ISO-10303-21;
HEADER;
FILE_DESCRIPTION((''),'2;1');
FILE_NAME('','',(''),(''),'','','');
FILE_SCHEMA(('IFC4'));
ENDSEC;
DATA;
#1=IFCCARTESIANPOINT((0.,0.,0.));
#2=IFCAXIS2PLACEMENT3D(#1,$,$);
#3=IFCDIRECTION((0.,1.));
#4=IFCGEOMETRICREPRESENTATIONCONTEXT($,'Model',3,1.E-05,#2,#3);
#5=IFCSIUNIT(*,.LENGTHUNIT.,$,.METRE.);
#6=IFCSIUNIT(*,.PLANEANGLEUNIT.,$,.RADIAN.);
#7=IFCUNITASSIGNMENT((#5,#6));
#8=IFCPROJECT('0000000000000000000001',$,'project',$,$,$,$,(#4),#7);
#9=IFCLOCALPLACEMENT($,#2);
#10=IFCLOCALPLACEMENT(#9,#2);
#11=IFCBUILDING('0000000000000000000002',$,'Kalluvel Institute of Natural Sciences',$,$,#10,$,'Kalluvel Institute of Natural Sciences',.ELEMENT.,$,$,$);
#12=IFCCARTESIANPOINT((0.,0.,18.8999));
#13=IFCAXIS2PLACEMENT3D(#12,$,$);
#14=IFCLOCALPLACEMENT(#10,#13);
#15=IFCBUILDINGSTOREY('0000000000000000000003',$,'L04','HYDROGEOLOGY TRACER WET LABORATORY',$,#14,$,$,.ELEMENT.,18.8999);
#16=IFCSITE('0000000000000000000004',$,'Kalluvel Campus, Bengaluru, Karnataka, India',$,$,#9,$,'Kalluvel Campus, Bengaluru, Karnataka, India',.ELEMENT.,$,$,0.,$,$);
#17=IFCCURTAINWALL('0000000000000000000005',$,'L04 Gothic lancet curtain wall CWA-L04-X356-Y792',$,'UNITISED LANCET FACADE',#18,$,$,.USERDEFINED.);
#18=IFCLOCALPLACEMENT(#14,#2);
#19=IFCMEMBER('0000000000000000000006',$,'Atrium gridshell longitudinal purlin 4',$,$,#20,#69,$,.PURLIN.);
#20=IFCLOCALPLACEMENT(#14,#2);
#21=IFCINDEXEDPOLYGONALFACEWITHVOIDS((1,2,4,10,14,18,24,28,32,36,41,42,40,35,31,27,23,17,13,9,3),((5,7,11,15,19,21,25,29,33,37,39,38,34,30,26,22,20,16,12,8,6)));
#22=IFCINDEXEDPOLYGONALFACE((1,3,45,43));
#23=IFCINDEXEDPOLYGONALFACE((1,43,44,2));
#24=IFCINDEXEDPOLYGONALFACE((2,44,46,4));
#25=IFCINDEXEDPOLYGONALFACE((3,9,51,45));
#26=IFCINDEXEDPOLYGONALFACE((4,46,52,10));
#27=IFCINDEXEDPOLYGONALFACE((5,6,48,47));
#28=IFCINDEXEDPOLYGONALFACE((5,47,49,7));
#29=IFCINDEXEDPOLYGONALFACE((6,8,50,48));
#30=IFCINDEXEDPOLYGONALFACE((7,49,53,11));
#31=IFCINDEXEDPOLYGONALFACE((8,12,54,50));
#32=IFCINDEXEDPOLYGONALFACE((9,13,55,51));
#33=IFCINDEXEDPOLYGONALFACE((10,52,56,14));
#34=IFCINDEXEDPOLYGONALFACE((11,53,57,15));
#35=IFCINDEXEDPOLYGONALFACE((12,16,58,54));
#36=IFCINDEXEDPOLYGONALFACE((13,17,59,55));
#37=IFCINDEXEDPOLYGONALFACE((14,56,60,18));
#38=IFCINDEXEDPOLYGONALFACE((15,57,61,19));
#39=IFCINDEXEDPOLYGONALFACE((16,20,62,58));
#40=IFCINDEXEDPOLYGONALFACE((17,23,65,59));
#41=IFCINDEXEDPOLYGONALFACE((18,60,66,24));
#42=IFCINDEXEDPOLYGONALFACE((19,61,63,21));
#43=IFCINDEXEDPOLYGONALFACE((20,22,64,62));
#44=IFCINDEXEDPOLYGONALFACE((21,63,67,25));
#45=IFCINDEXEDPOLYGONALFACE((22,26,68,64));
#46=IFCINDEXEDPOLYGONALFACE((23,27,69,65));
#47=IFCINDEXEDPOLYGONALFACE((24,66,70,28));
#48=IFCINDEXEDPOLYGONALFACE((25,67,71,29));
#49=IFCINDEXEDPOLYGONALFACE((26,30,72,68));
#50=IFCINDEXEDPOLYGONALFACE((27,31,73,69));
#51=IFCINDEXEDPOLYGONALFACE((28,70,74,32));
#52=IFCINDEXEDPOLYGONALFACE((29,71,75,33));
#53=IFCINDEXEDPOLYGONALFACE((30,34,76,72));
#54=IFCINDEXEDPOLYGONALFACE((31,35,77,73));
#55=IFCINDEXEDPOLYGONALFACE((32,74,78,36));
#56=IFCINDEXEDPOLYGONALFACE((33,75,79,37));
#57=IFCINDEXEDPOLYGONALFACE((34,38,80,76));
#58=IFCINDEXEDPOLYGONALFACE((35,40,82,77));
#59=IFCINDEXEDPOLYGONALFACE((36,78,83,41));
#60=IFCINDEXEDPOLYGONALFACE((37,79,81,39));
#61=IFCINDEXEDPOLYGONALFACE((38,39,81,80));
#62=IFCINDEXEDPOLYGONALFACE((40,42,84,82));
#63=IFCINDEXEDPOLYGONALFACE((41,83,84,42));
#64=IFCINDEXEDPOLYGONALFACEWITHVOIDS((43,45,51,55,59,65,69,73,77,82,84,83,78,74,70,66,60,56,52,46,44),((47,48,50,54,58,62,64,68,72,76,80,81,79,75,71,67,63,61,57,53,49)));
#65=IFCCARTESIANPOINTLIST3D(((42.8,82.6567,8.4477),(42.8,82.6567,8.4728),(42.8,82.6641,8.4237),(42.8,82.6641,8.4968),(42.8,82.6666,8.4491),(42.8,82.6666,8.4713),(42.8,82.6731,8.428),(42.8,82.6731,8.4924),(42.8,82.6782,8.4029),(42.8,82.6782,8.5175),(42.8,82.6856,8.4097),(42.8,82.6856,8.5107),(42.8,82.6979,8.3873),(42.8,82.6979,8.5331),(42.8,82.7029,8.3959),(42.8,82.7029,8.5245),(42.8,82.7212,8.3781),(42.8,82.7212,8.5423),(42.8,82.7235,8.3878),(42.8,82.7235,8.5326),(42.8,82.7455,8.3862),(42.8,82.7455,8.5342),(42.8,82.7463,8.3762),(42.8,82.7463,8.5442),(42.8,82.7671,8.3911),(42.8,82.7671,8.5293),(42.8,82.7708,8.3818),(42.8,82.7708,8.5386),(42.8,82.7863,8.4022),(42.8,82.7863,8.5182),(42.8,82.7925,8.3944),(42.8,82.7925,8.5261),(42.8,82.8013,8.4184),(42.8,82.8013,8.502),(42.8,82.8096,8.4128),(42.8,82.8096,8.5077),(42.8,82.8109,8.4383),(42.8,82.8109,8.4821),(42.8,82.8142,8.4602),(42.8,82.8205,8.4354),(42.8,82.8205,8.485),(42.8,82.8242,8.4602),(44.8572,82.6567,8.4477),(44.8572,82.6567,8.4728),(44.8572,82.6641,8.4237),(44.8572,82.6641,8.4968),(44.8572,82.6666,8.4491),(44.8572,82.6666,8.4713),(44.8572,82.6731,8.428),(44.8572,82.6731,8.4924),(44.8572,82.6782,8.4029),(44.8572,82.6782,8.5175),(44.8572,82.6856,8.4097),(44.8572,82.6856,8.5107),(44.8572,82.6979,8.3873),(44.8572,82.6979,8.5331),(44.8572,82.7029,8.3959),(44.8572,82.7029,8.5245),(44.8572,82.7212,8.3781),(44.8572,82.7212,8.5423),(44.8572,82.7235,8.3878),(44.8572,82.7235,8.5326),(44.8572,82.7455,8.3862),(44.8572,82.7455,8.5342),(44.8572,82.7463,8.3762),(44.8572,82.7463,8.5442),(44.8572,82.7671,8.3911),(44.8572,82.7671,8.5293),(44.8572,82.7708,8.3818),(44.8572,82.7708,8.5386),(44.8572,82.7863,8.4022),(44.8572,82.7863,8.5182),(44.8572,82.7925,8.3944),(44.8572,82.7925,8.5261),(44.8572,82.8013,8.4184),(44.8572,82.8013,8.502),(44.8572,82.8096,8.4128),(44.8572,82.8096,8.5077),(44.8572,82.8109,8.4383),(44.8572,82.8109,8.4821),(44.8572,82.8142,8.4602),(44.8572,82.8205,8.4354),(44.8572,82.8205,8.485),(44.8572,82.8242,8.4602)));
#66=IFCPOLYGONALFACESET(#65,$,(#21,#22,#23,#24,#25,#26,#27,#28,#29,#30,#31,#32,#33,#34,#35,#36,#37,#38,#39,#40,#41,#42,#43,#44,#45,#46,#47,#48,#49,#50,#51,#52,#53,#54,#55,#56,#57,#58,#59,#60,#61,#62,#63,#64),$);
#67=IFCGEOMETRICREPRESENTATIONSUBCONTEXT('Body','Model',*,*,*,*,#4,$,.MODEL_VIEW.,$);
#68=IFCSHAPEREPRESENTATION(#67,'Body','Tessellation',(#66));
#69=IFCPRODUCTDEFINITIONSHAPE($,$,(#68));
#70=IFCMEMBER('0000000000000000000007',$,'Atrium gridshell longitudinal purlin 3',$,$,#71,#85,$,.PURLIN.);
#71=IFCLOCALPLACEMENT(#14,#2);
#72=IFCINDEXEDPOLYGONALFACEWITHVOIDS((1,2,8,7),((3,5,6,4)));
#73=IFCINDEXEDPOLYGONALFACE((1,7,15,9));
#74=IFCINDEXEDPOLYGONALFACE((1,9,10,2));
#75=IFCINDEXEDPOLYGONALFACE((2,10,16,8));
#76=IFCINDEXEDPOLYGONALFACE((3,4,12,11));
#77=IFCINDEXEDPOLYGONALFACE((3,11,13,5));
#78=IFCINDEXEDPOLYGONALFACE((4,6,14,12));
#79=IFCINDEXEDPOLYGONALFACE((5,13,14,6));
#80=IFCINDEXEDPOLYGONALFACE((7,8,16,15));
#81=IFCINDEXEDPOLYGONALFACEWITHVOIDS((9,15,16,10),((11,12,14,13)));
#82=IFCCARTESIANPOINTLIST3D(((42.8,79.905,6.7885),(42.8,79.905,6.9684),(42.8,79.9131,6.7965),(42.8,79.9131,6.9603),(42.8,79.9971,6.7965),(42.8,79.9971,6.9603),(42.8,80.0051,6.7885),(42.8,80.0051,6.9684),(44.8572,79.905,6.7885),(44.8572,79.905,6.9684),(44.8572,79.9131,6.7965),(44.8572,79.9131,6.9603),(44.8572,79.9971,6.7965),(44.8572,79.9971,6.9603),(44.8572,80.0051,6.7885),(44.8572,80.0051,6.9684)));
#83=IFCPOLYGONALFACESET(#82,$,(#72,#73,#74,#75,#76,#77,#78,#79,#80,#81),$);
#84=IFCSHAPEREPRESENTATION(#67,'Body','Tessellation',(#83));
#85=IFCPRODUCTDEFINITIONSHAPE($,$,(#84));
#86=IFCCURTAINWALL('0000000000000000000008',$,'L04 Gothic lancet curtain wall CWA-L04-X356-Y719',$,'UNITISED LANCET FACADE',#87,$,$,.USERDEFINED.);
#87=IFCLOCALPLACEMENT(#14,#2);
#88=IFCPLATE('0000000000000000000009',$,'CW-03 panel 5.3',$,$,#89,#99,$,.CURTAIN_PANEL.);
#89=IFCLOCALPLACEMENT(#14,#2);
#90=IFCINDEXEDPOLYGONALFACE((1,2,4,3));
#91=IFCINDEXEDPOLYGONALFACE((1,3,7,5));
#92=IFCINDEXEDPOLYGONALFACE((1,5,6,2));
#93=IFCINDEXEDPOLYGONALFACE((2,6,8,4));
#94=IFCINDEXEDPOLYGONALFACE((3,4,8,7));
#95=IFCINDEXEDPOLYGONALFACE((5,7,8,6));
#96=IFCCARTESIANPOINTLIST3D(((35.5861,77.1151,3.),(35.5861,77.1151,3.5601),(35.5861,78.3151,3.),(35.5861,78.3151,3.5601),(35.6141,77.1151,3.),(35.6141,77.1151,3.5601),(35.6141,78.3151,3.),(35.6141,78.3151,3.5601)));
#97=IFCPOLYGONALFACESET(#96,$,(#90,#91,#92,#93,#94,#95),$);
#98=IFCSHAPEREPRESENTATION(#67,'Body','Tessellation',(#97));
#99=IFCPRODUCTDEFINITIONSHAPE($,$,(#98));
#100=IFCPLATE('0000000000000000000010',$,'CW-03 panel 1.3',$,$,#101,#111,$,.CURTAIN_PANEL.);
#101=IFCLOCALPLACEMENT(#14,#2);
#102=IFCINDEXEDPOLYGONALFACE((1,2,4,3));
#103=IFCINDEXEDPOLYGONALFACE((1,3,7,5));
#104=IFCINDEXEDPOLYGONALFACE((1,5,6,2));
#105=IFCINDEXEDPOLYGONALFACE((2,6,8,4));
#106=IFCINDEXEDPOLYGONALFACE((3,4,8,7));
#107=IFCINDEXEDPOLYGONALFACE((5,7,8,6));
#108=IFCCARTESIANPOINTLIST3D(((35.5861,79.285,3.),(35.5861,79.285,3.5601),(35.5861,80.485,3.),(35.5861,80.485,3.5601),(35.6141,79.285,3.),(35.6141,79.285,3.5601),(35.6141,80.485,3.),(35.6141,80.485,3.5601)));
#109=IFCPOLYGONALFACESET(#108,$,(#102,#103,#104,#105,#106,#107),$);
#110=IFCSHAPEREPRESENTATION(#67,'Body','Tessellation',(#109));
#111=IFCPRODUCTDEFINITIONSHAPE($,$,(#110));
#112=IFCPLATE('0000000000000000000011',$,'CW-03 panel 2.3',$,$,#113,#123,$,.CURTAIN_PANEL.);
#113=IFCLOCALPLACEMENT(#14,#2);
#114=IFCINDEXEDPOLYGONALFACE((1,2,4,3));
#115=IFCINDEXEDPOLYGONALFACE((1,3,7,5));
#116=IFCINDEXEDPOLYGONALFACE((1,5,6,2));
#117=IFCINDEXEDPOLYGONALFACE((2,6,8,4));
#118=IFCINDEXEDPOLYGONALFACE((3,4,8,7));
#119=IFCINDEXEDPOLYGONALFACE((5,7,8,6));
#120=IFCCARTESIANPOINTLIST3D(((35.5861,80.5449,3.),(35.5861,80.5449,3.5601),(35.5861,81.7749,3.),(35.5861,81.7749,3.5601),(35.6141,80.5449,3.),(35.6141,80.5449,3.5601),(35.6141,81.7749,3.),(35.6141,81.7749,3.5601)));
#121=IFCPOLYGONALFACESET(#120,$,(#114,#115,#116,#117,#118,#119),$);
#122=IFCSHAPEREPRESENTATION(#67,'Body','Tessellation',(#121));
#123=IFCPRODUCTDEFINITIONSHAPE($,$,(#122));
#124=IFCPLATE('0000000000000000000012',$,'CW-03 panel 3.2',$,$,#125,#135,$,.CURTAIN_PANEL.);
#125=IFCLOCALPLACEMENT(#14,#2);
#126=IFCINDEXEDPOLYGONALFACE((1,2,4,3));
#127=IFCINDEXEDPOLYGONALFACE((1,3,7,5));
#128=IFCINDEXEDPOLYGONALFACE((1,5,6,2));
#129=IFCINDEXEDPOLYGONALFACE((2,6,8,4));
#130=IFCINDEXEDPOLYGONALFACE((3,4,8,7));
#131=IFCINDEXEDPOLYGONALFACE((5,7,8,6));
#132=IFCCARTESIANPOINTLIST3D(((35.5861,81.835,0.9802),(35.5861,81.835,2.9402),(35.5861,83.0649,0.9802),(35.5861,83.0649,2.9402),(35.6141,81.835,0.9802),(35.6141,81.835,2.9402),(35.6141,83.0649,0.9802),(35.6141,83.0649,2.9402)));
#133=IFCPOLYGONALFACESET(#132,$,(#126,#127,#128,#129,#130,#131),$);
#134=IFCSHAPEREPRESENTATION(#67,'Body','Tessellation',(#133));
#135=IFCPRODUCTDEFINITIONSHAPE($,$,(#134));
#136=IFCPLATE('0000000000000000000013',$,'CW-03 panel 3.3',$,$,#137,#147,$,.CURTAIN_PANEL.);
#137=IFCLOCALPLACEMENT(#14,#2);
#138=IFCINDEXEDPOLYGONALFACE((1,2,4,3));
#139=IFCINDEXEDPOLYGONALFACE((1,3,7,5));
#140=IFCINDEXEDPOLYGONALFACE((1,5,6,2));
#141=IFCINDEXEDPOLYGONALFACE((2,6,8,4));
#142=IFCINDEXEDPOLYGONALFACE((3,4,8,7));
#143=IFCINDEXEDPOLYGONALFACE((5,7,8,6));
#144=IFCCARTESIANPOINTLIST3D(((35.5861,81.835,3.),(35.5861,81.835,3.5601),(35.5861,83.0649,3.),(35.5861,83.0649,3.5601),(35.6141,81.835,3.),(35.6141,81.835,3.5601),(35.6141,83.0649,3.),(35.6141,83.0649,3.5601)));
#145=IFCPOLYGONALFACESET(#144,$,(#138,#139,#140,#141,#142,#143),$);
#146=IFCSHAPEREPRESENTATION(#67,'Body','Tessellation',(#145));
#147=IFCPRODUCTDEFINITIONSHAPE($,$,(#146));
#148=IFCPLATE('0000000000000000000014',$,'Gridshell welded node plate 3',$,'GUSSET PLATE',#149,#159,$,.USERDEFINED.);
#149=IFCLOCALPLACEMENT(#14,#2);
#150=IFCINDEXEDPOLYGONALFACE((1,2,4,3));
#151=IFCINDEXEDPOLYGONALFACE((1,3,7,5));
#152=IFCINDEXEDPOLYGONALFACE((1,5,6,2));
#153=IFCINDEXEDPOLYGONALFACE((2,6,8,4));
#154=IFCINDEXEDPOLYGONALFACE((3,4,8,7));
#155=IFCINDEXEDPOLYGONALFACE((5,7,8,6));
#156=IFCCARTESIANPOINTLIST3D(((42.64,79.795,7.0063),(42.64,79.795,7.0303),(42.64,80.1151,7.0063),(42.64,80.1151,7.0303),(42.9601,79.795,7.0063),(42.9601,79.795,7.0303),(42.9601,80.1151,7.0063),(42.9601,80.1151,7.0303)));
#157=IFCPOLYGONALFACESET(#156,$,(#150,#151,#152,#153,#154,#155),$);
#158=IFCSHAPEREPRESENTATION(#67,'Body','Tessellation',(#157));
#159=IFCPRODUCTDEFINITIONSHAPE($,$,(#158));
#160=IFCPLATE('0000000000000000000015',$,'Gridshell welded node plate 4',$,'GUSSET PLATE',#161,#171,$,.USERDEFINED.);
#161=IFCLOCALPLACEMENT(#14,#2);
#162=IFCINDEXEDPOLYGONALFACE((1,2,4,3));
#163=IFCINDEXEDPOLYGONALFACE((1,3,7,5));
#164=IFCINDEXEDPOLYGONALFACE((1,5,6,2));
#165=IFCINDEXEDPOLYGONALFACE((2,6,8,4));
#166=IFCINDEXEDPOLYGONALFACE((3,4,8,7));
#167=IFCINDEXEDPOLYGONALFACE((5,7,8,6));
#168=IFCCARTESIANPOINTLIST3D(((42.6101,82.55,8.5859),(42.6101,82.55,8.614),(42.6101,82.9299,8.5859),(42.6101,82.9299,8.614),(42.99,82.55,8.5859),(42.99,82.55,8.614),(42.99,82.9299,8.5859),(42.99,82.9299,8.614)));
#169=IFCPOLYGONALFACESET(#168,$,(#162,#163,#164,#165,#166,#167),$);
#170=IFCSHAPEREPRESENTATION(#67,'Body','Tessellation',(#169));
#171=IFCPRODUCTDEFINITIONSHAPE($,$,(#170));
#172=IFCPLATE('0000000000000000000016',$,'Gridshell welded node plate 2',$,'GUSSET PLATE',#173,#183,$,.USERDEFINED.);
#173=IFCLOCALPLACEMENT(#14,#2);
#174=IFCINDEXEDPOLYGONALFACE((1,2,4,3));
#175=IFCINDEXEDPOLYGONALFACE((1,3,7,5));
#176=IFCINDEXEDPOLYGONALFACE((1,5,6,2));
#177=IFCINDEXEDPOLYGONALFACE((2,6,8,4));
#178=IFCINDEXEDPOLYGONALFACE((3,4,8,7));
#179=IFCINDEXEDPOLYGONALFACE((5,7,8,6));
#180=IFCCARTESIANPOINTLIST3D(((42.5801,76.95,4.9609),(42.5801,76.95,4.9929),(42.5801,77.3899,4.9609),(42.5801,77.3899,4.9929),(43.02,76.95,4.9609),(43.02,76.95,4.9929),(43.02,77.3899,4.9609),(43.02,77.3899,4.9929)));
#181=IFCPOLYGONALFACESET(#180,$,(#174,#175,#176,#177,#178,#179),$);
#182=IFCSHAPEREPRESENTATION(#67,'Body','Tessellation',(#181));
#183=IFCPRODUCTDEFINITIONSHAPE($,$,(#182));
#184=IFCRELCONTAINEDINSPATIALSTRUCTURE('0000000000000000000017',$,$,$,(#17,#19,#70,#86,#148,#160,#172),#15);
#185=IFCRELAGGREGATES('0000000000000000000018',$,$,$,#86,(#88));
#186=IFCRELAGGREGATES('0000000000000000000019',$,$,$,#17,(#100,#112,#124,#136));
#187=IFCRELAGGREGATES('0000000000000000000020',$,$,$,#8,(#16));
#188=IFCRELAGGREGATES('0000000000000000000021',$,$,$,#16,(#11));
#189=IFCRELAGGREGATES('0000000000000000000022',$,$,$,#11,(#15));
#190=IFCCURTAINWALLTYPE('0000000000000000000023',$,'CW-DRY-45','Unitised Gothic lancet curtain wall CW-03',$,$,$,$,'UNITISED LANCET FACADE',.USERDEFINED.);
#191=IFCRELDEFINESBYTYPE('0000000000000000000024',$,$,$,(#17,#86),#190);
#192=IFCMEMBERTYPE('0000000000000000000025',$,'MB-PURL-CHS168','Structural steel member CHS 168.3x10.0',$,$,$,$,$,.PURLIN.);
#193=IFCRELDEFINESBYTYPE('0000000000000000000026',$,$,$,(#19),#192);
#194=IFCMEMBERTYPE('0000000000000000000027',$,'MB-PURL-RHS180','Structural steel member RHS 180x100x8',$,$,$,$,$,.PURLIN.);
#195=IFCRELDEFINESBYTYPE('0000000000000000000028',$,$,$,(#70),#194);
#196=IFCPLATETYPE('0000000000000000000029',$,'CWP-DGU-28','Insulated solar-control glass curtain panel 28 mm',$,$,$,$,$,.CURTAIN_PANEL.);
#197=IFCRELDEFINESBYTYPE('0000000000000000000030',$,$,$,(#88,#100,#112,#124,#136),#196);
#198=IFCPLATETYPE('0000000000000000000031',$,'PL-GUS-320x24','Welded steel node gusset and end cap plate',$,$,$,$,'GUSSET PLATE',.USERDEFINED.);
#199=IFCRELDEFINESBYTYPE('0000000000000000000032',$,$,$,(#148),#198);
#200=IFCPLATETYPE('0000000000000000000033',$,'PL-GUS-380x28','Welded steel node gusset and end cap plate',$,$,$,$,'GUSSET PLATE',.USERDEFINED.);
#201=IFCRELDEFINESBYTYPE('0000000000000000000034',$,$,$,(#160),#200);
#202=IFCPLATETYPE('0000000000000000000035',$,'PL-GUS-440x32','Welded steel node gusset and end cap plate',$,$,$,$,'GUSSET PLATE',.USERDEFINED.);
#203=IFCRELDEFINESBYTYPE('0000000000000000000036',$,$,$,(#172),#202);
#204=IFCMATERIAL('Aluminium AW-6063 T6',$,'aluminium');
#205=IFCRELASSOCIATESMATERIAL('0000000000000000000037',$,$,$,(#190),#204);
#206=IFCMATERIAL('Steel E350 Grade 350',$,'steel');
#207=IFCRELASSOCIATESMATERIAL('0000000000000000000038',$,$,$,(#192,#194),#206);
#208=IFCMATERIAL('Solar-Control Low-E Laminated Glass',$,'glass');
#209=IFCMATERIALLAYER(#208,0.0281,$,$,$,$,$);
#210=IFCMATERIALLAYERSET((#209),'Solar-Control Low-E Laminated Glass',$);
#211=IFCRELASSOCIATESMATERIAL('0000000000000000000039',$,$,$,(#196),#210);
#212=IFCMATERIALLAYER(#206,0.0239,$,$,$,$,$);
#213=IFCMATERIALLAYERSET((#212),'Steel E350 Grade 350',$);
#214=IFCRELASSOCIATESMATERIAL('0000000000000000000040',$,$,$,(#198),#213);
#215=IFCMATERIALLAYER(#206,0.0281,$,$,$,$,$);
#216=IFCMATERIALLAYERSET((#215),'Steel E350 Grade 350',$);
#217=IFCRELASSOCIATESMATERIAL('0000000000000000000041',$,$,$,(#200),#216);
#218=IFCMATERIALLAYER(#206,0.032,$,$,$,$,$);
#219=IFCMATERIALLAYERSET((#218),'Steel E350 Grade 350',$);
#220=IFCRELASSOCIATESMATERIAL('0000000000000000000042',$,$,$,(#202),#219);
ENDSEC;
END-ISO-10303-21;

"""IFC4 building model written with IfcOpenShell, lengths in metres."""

from ifc_helpers import new_model, si_unit, direction, frame, origin, origin_2d, place, context, subcontext, project, spatial, rectangle, hollow_rectangle, hollow_circle, extrude, material, layer, layer_set, material_profile, profile_set, type_object, element, aggregate, save


model = new_model("IFC4")

# Units and contexts
model_context = context("Model", 3, precision=1e-05, world=origin(), true_north=direction((0.0, 1.0)))
body_context = subcontext(model_context, "Body", "Model", "MODEL_VIEW")
ifc_project = project(units=[si_unit("LENGTHUNIT", "METRE"), si_unit("PLANEANGLEUNIT", "RADIAN")], contexts=[model_context])

# Site, building, storey
site_placement = place(None, origin())
site = spatial("IfcSite", under=ifc_project, at=site_placement, Name="Kalluvel Campus, Bengaluru, Karnataka, India", LongName="Kalluvel Campus, Bengaluru, Karnataka, India", CompositionType="ELEMENT", RefElevation=0.0)
building_placement = place(site_placement, origin())
building = spatial("IfcBuilding", under=site, at=building_placement, Name="Kalluvel Institute of Natural Sciences", LongName="Kalluvel Institute of Natural Sciences", CompositionType="ELEMENT")
storey_placement = place(building_placement, frame((0.0, 0.0, 18.8999)))
storey = spatial("IfcBuildingStorey", under=building, at=storey_placement, Name="L04", Description="HYDROGEOLOGY TRACER WET LABORATORY", CompositionType="ELEMENT", Elevation=18.8999)

# Curtain wall
ifc_material_1 = material(Name="Aluminium AW-6063 T6", Category="aluminium")
curtain_wall_type = type_object("IfcCurtainWallType", Name="CW-DRY-45", Description="Unitised Gothic lancet curtain wall CW-03", ElementType="UNITISED LANCET FACADE", PredefinedType="USERDEFINED", material=ifc_material_1)
curtain_wall_1_placement = place(storey_placement, origin())
curtain_wall_1 = element("IfcCurtainWall", 1, at=curtain_wall_1_placement, inside=storey, type_object=curtain_wall_type, Name="L04 Gothic lancet curtain wall CWA-L04-X356-Y792", ObjectType="UNITISED LANCET FACADE", PredefinedType="USERDEFINED")

# Members
ifc_material_2 = material(Name="Steel E350 Grade 350", Category="steel")
ifc_material_profile_1 = material_profile(ifc_material_2, hollow_circle(Radius=0.0842, WallThickness=0.01, at=origin_2d()), Name="CHS 168.3x10.0")
ifc_profile_set_1 = profile_set([ifc_material_profile_1], Name="Steel E350 Grade 350")
member_type_1 = type_object("IfcMemberType", Name="MB-PURL-CHS168", Description="Structural steel member CHS 168.3x10.0", PredefinedType="PURLIN", material=ifc_profile_set_1)
member_1_placement = place(storey_placement, frame((42.8, 82.74, 8.4602), z_axis=(1.0, 0.0, 0.0), x_axis=(0.0, 1.0, 0.0)))
element("IfcMember", 2, at=member_1_placement, inside=storey, type_object=member_type_1, Name="Atrium gridshell longitudinal purlin 4", PredefinedType="PURLIN", context=body_context, shape_type="SweptSolid", body=[
    extrude(hollow_circle(Radius=0.0842, WallThickness=0.01, at=origin_2d()), origin(), (0.0, 0.0, 1.0), 2.0571),
])
ifc_material_profile_2 = material_profile(ifc_material_2, hollow_rectangle(XDim=0.1001, YDim=0.1799, WallThickness=0.0081, at=origin_2d()), Name="RHS 180x100x8")
ifc_profile_set_2 = profile_set([ifc_material_profile_2], Name="Steel E350 Grade 350")
member_type_2 = type_object("IfcMemberType", Name="MB-PURL-RHS180", Description="Structural steel member RHS 180x100x8", PredefinedType="PURLIN", material=ifc_profile_set_2)
member_2_placement = place(storey_placement, frame((42.8, 79.9551, 6.8784), z_axis=(1.0, 0.0, 0.0), x_axis=(0.0, 1.0, 0.0)))
element("IfcMember", 3, at=member_2_placement, inside=storey, type_object=member_type_2, Name="Atrium gridshell longitudinal purlin 3", PredefinedType="PURLIN", context=body_context, shape_type="SweptSolid", body=[
    extrude(hollow_rectangle(XDim=0.1001, YDim=0.1799, WallThickness=0.0081, at=origin_2d()), origin(), (0.0, 0.0, 1.0), 2.0571),
])

# Curtain wall, plate
curtain_wall_2_placement = place(storey_placement, origin())
curtain_wall_2 = element("IfcCurtainWall", 4, at=curtain_wall_2_placement, inside=storey, type_object=curtain_wall_type, Name="L04 Gothic lancet curtain wall CWA-L04-X356-Y719", ObjectType="UNITISED LANCET FACADE", PredefinedType="USERDEFINED")
ifc_material_3 = material(Name="Solar-Control Low-E Laminated Glass", Category="glass")
ifc_layer_1 = layer(ifc_material_3, 0.0281)
ifc_layer_set_1 = layer_set([ifc_layer_1], Name="Solar-Control Low-E Laminated Glass")
plate_type_1 = type_object("IfcPlateType", Name="CWP-DGU-28", Description="Insulated solar-control glass curtain panel 28 mm", PredefinedType="CURTAIN_PANEL", material=ifc_layer_set_1)
plate_1_placement = place(storey_placement, frame((35.6001, 77.7151, 3.0), z_axis=(0.0, 0.0, 1.0), x_axis=(0.0, 1.0, 0.0)))
plate_1 = element("IfcPlate", 5, at=plate_1_placement, type_object=plate_type_1, Name="CW-03 panel 5.3", PredefinedType="CURTAIN_PANEL", context=body_context, shape_type="SweptSolid", body=[
    extrude(rectangle(XDim=1.2, YDim=0.0281, at=origin_2d()), origin(), (0.0, 0.0, 1.0), 0.5601),
])
aggregate(curtain_wall_2, [plate_1])

# Plates
plate_2_placement = place(storey_placement, frame((35.6001, 79.885, 3.0), z_axis=(0.0, 0.0, 1.0), x_axis=(0.0, 1.0, 0.0)))
plate_2 = element("IfcPlate", 6, at=plate_2_placement, type_object=plate_type_1, Name="CW-03 panel 1.3", PredefinedType="CURTAIN_PANEL", context=body_context, shape_type="SweptSolid", body=[
    extrude(rectangle(XDim=1.2, YDim=0.0281, at=origin_2d()), origin(), (0.0, 0.0, 1.0), 0.5601),
])
plate_3_placement = place(storey_placement, frame((35.6001, 81.1599, 3.0), z_axis=(0.0, 0.0, 1.0), x_axis=(0.0, 1.0, 0.0)))
plate_3 = element("IfcPlate", 7, at=plate_3_placement, type_object=plate_type_1, Name="CW-03 panel 2.3", PredefinedType="CURTAIN_PANEL", context=body_context, shape_type="SweptSolid", body=[
    extrude(rectangle(XDim=1.23, YDim=0.0281, at=origin_2d()), origin(), (0.0, 0.0, 1.0), 0.5601),
])
plate_4_placement = place(storey_placement, frame((35.6001, 82.45, 0.9802), z_axis=(0.0, 0.0, 1.0), x_axis=(0.0, 1.0, 0.0)))
plate_4 = element("IfcPlate", 8, at=plate_4_placement, type_object=plate_type_1, Name="CW-03 panel 3.2", PredefinedType="CURTAIN_PANEL", context=body_context, shape_type="SweptSolid", body=[
    extrude(rectangle(XDim=1.23, YDim=0.0281, at=origin_2d()), origin(), (0.0, 0.0, 1.0), 1.96),
])
plate_5_placement = place(storey_placement, frame((35.6001, 82.45, 3.0), z_axis=(0.0, 0.0, 1.0), x_axis=(0.0, 1.0, 0.0)))
plate_5 = element("IfcPlate", 9, at=plate_5_placement, type_object=plate_type_1, Name="CW-03 panel 3.3", PredefinedType="CURTAIN_PANEL", context=body_context, shape_type="SweptSolid", body=[
    extrude(rectangle(XDim=1.23, YDim=0.0281, at=origin_2d()), origin(), (0.0, 0.0, 1.0), 0.5601),
])
aggregate(curtain_wall_1, [plate_2, plate_3, plate_4, plate_5])

# Plates
ifc_layer_2 = layer(ifc_material_2, 0.0239)
ifc_layer_set_2 = layer_set([ifc_layer_2], Name="Steel E350 Grade 350")
plate_type_2 = type_object("IfcPlateType", Name="PL-GUS-320x24", Description="Welded steel node gusset and end cap plate", ElementType="GUSSET PLATE", PredefinedType="USERDEFINED", material=ifc_layer_set_2)
plate_6_placement = place(storey_placement, frame((42.8, 79.9551, 7.0063), z_axis=(0.0, 0.0, 1.0), x_axis=(1.0, 0.0, 0.0)))
element("IfcPlate", 10, at=plate_6_placement, inside=storey, type_object=plate_type_2, Name="Gridshell welded node plate 3", ObjectType="GUSSET PLATE", PredefinedType="USERDEFINED", context=body_context, shape_type="SweptSolid", body=[
    extrude(rectangle(XDim=0.3201, YDim=0.3201, at=origin_2d()), origin(), (0.0, 0.0, 1.0), 0.0239),
])
ifc_layer_3 = layer(ifc_material_2, 0.0281)
ifc_layer_set_3 = layer_set([ifc_layer_3], Name="Steel E350 Grade 350")
plate_type_3 = type_object("IfcPlateType", Name="PL-GUS-380x28", Description="Welded steel node gusset and end cap plate", ElementType="GUSSET PLATE", PredefinedType="USERDEFINED", material=ifc_layer_set_3)
plate_7_placement = place(storey_placement, frame((42.8, 82.74, 8.5859), z_axis=(0.0, 0.0, 1.0), x_axis=(1.0, 0.0, 0.0)))
element("IfcPlate", 11, at=plate_7_placement, inside=storey, type_object=plate_type_3, Name="Gridshell welded node plate 4", ObjectType="GUSSET PLATE", PredefinedType="USERDEFINED", context=body_context, shape_type="SweptSolid", body=[
    extrude(rectangle(XDim=0.3799, YDim=0.3799, at=origin_2d()), origin(), (0.0, 0.0, 1.0), 0.0281),
])
ifc_layer_4 = layer(ifc_material_2, 0.032)
ifc_layer_set_4 = layer_set([ifc_layer_4], Name="Steel E350 Grade 350")
plate_type_4 = type_object("IfcPlateType", Name="PL-GUS-440x32", Description="Welded steel node gusset and end cap plate", ElementType="GUSSET PLATE", PredefinedType="USERDEFINED", material=ifc_layer_set_4)
plate_8_placement = place(storey_placement, frame((42.8, 77.1699, 4.9609), z_axis=(0.0, 0.0, 1.0), x_axis=(1.0, 0.0, 0.0)))
element("IfcPlate", 12, at=plate_8_placement, inside=storey, type_object=plate_type_4, Name="Gridshell welded node plate 2", ObjectType="GUSSET PLATE", PredefinedType="USERDEFINED", context=body_context, shape_type="SweptSolid", body=[
    extrude(rectangle(XDim=0.4399, YDim=0.4399, at=origin_2d()), origin(), (0.0, 0.0, 1.0), 0.032),
])

save(model, "model.ifc")
